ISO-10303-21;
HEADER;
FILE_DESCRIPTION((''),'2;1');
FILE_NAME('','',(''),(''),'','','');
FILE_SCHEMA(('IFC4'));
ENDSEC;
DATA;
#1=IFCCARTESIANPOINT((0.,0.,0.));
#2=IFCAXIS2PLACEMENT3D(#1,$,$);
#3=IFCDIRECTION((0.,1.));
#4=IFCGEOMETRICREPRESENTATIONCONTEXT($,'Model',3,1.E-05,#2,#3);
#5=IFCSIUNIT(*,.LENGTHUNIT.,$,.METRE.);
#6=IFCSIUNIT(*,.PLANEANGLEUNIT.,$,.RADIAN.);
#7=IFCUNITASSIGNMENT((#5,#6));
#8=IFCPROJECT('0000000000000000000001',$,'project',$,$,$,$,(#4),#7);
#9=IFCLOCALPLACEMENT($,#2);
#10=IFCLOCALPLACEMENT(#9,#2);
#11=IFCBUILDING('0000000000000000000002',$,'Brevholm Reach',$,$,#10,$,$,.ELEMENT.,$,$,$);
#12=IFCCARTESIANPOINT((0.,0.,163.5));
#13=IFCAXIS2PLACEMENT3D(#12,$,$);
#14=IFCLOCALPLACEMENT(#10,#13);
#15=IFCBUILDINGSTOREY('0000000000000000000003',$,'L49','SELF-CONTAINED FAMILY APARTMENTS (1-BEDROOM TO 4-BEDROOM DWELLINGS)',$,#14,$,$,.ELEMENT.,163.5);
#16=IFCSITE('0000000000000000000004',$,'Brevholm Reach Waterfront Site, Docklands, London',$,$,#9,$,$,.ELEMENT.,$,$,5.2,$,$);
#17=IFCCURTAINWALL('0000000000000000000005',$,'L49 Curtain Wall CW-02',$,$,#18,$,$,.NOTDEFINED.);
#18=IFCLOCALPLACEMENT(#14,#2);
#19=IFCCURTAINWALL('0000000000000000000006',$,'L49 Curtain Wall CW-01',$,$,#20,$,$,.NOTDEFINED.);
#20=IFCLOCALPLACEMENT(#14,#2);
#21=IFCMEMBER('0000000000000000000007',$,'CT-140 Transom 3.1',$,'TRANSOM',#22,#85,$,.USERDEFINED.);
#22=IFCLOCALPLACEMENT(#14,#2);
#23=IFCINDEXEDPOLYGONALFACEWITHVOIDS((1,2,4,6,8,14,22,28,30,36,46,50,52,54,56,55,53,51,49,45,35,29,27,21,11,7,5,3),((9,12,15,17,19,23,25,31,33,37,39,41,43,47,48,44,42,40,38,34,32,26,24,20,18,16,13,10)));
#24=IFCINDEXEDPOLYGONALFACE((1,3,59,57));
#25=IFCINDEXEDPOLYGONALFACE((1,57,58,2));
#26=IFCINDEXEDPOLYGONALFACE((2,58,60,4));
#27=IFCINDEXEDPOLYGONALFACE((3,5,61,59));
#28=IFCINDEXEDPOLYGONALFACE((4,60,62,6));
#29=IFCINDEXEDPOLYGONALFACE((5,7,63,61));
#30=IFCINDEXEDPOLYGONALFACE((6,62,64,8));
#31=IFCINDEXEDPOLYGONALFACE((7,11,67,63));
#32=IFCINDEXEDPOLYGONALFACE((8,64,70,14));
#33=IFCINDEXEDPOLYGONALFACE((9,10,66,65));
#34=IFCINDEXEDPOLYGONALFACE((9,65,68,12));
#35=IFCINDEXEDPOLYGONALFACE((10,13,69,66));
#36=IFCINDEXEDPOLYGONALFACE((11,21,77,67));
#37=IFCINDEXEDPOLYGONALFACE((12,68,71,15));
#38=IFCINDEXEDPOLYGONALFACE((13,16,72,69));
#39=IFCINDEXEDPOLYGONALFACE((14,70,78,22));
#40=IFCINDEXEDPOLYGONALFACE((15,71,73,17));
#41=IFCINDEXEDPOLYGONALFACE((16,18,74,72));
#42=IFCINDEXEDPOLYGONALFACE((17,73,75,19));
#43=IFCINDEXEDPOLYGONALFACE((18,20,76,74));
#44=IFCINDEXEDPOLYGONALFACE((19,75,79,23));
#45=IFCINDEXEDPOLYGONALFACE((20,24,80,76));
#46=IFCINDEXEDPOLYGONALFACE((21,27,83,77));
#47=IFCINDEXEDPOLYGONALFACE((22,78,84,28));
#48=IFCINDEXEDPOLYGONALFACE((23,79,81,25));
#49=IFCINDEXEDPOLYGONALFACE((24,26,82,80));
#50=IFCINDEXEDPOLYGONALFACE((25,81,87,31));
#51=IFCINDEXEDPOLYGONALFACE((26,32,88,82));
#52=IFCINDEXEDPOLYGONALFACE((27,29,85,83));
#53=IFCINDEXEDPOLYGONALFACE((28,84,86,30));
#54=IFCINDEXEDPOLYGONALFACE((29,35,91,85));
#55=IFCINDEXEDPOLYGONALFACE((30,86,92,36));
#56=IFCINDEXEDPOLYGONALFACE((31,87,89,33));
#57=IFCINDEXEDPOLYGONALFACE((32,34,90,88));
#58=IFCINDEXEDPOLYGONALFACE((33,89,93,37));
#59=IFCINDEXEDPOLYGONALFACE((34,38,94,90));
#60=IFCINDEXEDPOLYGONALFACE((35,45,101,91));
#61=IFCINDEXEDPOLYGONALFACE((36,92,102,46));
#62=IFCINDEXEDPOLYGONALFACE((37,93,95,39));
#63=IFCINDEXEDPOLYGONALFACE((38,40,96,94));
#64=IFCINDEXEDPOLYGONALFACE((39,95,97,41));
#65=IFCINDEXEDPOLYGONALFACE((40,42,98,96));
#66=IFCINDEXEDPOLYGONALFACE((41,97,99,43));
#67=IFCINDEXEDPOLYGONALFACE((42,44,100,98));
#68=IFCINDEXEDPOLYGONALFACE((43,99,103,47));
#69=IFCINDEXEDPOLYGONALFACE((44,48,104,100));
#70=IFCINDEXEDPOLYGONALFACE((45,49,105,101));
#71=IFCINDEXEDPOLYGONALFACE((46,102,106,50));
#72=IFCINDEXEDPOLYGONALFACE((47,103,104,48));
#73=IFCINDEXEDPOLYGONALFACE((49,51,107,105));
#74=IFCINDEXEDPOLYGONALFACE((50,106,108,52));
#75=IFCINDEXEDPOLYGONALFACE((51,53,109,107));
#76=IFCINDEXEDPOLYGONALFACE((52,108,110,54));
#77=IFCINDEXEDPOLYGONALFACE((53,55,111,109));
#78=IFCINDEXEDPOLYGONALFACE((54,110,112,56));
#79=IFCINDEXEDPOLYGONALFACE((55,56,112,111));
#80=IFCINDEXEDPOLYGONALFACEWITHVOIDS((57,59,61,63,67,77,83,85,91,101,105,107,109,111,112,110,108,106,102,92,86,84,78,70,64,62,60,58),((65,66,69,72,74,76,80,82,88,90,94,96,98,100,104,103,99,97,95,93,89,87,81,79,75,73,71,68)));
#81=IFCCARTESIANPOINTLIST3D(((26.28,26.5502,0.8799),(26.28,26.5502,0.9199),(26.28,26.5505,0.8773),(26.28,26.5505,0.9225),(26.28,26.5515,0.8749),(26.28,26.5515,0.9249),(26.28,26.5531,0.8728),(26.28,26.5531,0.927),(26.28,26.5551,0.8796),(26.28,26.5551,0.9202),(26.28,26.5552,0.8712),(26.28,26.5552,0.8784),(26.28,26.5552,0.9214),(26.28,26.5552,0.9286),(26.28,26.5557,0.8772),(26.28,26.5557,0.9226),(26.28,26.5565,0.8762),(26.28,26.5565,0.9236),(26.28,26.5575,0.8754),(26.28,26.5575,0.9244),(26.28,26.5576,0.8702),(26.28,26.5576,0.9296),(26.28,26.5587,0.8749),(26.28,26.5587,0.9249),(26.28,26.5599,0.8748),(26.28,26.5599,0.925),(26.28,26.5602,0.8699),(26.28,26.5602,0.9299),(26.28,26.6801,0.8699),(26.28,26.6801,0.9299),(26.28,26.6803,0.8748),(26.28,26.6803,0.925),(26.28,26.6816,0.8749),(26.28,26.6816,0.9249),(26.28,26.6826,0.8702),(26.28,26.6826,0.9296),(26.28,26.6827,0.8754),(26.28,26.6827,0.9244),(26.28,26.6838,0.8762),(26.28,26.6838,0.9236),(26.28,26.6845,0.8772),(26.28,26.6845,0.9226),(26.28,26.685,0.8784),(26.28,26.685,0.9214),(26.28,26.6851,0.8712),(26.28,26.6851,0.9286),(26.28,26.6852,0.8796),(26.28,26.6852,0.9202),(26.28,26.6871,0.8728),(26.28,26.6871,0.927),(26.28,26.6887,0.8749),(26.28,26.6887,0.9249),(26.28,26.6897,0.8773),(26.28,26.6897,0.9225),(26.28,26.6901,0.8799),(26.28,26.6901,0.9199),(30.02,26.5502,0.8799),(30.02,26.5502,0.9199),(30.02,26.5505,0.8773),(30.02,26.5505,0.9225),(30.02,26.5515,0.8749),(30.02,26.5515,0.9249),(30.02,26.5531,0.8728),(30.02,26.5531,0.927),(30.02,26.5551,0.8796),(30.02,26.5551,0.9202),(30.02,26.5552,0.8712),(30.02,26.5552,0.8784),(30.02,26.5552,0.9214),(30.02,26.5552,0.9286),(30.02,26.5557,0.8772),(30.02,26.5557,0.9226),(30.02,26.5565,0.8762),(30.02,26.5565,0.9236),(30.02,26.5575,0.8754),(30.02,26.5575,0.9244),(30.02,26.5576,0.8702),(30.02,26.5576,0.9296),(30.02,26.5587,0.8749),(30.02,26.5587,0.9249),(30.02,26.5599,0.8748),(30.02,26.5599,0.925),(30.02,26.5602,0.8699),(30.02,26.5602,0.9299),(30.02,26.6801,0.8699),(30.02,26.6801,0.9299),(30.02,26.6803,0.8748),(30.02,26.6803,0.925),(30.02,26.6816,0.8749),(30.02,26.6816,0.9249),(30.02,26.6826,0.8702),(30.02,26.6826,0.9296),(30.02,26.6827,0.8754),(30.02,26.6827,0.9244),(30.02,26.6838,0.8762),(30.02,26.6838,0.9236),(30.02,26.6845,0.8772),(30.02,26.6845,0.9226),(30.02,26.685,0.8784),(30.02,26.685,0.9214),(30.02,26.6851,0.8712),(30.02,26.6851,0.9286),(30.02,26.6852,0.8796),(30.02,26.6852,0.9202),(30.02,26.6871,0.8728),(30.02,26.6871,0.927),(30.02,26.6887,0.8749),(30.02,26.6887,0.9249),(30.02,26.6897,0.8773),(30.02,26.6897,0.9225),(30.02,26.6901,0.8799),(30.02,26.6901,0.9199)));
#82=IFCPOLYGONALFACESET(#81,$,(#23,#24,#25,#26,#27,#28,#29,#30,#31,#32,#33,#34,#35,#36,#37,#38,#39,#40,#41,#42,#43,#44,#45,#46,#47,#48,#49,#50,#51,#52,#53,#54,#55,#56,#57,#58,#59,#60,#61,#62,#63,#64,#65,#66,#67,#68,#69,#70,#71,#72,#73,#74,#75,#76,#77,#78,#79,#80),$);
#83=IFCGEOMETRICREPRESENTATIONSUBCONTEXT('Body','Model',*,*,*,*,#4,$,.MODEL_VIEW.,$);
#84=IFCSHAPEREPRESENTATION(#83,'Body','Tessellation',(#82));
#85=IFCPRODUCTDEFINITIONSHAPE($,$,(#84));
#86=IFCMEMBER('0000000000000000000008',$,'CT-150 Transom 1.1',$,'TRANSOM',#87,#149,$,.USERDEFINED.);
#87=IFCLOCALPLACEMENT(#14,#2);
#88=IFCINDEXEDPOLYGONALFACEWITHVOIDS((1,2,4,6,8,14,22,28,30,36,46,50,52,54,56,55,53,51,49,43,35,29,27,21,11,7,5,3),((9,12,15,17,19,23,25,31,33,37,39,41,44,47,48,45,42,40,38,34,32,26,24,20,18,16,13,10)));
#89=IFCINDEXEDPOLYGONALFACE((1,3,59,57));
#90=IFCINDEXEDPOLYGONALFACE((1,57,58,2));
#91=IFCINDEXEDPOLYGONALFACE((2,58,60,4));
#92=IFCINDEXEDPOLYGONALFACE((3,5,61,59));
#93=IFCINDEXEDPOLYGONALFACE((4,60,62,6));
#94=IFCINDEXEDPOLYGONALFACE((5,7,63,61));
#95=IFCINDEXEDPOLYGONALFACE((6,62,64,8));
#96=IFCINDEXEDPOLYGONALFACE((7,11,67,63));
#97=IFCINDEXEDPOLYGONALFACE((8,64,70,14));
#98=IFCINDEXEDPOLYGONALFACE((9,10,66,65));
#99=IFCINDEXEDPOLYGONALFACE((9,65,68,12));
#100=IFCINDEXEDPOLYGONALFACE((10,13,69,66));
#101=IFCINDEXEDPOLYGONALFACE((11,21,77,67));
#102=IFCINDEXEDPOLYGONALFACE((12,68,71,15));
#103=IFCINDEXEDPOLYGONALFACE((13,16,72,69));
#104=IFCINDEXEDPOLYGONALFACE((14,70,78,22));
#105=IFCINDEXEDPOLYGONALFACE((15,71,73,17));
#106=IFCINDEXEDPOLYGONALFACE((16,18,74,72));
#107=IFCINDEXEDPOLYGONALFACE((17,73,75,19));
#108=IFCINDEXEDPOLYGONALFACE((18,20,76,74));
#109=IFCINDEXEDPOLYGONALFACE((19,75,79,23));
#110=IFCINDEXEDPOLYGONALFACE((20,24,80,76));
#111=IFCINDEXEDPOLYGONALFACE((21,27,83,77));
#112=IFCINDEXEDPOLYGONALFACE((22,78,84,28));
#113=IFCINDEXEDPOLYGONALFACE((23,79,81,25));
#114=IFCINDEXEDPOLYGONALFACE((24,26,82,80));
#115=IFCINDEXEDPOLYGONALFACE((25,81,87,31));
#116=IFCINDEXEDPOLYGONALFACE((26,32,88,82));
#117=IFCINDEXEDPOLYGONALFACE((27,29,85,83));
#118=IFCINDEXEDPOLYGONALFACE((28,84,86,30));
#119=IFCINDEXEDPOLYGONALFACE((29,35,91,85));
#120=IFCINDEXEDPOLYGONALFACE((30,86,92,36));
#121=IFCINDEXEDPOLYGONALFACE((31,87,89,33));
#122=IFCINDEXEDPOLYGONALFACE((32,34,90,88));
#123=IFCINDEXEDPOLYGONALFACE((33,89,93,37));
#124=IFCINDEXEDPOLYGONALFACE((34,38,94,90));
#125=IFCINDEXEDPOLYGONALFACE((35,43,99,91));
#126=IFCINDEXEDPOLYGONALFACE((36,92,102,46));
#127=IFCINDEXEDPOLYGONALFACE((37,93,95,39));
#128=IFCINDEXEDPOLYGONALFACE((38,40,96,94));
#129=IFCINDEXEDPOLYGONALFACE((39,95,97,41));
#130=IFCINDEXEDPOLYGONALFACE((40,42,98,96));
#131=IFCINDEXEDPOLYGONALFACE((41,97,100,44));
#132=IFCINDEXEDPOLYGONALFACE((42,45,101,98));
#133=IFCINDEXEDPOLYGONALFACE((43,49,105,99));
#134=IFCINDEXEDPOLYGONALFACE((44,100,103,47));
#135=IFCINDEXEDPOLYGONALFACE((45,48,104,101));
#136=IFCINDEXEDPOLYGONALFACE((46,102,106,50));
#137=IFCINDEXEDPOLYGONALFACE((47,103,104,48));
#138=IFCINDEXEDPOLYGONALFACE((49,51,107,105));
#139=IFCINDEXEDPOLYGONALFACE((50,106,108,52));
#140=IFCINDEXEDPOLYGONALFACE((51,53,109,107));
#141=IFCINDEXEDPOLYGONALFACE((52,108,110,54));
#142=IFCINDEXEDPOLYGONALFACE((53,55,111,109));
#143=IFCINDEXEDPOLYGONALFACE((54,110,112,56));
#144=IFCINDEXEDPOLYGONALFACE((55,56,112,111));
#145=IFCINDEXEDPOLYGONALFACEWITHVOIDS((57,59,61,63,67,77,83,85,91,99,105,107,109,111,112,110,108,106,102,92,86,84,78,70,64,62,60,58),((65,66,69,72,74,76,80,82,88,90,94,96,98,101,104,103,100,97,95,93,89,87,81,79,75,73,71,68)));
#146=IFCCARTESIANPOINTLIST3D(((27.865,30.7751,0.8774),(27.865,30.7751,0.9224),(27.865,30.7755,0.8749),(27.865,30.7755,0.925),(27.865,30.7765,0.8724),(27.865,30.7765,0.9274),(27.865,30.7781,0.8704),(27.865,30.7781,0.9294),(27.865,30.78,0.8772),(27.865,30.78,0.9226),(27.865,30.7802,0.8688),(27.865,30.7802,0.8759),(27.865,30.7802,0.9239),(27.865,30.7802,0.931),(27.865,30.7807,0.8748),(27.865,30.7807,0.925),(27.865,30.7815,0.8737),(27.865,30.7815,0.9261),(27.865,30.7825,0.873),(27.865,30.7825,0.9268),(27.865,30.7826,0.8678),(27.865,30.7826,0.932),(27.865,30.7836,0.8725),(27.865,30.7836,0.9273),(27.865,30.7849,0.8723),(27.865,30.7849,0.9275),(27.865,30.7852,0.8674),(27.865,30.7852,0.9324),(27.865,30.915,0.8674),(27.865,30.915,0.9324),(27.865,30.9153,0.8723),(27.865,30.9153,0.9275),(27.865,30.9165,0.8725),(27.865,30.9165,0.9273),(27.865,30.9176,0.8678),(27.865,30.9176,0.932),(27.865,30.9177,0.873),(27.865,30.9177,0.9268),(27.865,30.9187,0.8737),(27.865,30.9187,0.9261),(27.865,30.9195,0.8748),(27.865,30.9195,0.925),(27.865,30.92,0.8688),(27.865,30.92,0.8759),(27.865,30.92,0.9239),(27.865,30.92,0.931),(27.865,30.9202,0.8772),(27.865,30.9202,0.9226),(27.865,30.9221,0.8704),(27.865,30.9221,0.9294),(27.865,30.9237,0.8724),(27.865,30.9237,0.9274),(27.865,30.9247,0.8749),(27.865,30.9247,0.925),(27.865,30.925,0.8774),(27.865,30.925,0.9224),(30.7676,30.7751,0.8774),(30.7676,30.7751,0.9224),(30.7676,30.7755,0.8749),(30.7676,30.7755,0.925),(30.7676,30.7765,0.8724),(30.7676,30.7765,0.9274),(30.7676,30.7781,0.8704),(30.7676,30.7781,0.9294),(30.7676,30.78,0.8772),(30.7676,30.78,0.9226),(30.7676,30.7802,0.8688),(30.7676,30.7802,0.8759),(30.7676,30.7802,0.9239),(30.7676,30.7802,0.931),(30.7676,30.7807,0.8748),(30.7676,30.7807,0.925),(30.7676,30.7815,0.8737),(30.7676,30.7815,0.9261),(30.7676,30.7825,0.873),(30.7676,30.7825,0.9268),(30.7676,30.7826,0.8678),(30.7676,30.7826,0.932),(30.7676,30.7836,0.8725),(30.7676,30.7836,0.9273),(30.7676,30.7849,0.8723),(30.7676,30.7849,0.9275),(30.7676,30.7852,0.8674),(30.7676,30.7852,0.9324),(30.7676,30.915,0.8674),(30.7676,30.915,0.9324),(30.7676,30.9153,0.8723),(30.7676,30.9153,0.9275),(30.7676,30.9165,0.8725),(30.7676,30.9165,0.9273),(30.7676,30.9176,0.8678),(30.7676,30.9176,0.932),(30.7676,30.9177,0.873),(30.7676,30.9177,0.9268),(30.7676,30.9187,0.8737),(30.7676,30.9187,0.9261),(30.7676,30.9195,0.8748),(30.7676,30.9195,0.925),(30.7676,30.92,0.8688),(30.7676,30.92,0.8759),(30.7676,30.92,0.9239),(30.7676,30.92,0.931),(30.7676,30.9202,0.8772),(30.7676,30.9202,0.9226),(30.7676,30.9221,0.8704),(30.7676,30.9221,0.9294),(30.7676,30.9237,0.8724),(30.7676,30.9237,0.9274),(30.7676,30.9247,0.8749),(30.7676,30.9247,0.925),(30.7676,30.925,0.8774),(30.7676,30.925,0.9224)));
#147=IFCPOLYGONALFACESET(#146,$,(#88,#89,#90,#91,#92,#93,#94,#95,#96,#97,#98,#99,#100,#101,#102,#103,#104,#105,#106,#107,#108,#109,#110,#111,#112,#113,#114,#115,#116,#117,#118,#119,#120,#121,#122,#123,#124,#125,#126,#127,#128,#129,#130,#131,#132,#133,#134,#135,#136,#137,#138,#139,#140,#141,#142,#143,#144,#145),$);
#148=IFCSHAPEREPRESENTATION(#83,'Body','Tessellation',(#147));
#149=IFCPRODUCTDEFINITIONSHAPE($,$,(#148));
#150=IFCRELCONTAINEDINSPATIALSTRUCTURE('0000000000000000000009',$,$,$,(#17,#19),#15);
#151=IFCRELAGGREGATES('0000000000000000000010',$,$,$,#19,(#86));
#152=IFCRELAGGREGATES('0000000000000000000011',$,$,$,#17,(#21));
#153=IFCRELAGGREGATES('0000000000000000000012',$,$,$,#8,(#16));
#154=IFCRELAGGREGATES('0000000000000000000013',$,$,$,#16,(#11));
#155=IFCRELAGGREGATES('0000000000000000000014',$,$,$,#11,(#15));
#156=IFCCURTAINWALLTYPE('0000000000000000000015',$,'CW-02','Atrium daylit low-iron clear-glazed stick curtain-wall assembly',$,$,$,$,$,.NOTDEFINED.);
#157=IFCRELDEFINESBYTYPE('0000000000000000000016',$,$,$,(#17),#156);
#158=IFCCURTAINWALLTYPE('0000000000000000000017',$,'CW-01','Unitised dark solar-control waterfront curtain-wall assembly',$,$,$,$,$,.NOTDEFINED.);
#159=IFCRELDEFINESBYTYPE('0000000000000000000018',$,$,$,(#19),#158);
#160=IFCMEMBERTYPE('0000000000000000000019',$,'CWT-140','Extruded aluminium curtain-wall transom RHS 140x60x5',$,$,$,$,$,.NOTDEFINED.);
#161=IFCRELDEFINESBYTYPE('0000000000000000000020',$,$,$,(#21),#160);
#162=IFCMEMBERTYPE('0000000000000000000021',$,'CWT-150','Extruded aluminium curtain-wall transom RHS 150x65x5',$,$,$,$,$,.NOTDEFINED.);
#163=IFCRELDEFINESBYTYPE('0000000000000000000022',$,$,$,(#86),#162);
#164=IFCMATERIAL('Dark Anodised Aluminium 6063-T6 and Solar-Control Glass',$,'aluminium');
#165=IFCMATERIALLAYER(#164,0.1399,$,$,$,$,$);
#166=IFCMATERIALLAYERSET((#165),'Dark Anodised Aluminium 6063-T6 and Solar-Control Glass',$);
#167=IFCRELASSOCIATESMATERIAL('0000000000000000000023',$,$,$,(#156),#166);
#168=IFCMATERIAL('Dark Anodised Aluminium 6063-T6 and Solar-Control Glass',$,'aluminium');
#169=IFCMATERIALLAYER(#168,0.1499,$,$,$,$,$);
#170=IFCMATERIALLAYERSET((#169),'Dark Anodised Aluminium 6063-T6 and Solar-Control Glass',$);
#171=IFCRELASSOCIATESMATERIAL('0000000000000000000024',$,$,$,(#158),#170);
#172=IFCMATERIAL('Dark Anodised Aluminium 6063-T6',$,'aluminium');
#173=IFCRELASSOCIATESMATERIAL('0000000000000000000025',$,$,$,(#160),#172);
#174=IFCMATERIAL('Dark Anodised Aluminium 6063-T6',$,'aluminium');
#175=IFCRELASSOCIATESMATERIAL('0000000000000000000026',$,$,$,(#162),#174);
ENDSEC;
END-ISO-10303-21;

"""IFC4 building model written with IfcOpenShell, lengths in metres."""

from ifc_helpers import new_model, si_unit, direction, frame, origin, origin_2d, place, context, subcontext, project, spatial, hollow_rectangle, extrude, material, layer, layer_set, material_profile, profile_set, type_object, element, aggregate, save


model = new_model("IFC4")

# Units and contexts
model_context = context("Model", 3, precision=1e-05, world=origin(), true_north=direction((0.0, 1.0)))
body_context = subcontext(model_context, "Body", "Model", "MODEL_VIEW")
ifc_project = project(units=[si_unit("LENGTHUNIT", "METRE"), si_unit("PLANEANGLEUNIT", "RADIAN")], contexts=[model_context])

# Site, building, storey
site_placement = place(None, origin())
site = spatial("IfcSite", under=ifc_project, at=site_placement, Name="Brevholm Reach Waterfront Site, Docklands, London", CompositionType="ELEMENT", RefElevation=5.2)
building_placement = place(site_placement, origin())
building = spatial("IfcBuilding", under=site, at=building_placement, Name="Brevholm Reach", CompositionType="ELEMENT")
storey_placement = place(building_placement, frame((0.0, 0.0, 163.5)))
storey = spatial("IfcBuildingStorey", under=building, at=storey_placement, Name="L49", Description="SELF-CONTAINED FAMILY APARTMENTS (1-BEDROOM TO 4-BEDROOM DWELLINGS)", CompositionType="ELEMENT", Elevation=163.5)

# Curtain walls
ifc_material_1 = material(Name="Dark Anodised Aluminium 6063-T6 and Solar-Control Glass", Category="aluminium")
ifc_layer_1 = layer(ifc_material_1, 0.1399)
ifc_layer_set_1 = layer_set([ifc_layer_1], Name="Dark Anodised Aluminium 6063-T6 and Solar-Control Glass")
curtain_wall_type_1 = type_object("IfcCurtainWallType", Name="CW-02", Description="Atrium daylit low-iron clear-glazed stick curtain-wall assembly", PredefinedType="NOTDEFINED", material=ifc_layer_set_1)
curtain_wall_1_placement = place(storey_placement, origin())
curtain_wall_1 = element("IfcCurtainWall", 1, at=curtain_wall_1_placement, inside=storey, type_object=curtain_wall_type_1, Name="L49 Curtain Wall CW-02", PredefinedType="NOTDEFINED")
ifc_material_2 = material(Name="Dark Anodised Aluminium 6063-T6 and Solar-Control Glass", Category="aluminium")
ifc_layer_2 = layer(ifc_material_2, 0.1499)
ifc_layer_set_2 = layer_set([ifc_layer_2], Name="Dark Anodised Aluminium 6063-T6 and Solar-Control Glass")
curtain_wall_type_2 = type_object("IfcCurtainWallType", Name="CW-01", Description="Unitised dark solar-control waterfront curtain-wall assembly", PredefinedType="NOTDEFINED", material=ifc_layer_set_2)
curtain_wall_2_placement = place(storey_placement, origin())
curtain_wall_2 = element("IfcCurtainWall", 2, at=curtain_wall_2_placement, inside=storey, type_object=curtain_wall_type_2, Name="L49 Curtain Wall CW-01", PredefinedType="NOTDEFINED")

# Members
ifc_material_3 = material(Name="Dark Anodised Aluminium 6063-T6", Category="aluminium")
ifc_material_profile_1 = material_profile(ifc_material_3, hollow_rectangle(XDim=0.0601, YDim=0.1399, WallThickness=0.0049, InnerFilletRadius=0.0049, OuterFilletRadius=0.01, at=origin_2d()), Name="RHS 140x60x5")
ifc_profile_set_1 = profile_set([ifc_material_profile_1], Name="Dark Anodised Aluminium 6063-T6")
member_type_1 = type_object("IfcMemberType", Name="CWT-140", Description="Extruded aluminium curtain-wall transom RHS 140x60x5", PredefinedType="NOTDEFINED", material=ifc_profile_set_1)
member_1_placement = place(storey_placement, frame((30.02, 26.6201, 0.8999), z_axis=(-1.0, 0.0, 0.0), x_axis=(0.0, 0.0, 1.0)))
member_1 = element("IfcMember", 3, at=member_1_placement, type_object=member_type_1, Name="CT-140 Transom 3.1", ObjectType="TRANSOM", PredefinedType="USERDEFINED", context=body_context, shape_type="SweptSolid", body=[
    extrude(hollow_rectangle(XDim=0.0601, YDim=0.1399, WallThickness=0.0049, InnerFilletRadius=0.0049, OuterFilletRadius=0.01, at=origin_2d()), origin(), (0.0, 0.0, 1.0), 3.74),
])
ifc_material_4 = material(Name="Dark Anodised Aluminium 6063-T6", Category="aluminium")
ifc_material_profile_2 = material_profile(ifc_material_4, hollow_rectangle(XDim=0.0649, YDim=0.1499, WallThickness=0.0049, InnerFilletRadius=0.0049, OuterFilletRadius=0.01, at=origin_2d()), Name="RHS 150x65x5")
ifc_profile_set_2 = profile_set([ifc_material_profile_2], Name="Dark Anodised Aluminium 6063-T6")
member_type_2 = type_object("IfcMemberType", Name="CWT-150", Description="Extruded aluminium curtain-wall transom RHS 150x65x5", PredefinedType="NOTDEFINED", material=ifc_profile_set_2)
member_2_placement = place(storey_placement, frame((27.865, 30.8501, 0.8999), z_axis=(1.0, 0.0, 0.0), x_axis=(0.0, 0.0, 1.0)))
member_2 = element("IfcMember", 4, at=member_2_placement, type_object=member_type_2, Name="CT-150 Transom 1.1", ObjectType="TRANSOM", PredefinedType="USERDEFINED", context=body_context, shape_type="SweptSolid", body=[
    extrude(hollow_rectangle(XDim=0.0649, YDim=0.1499, WallThickness=0.0049, InnerFilletRadius=0.0049, OuterFilletRadius=0.01, at=origin_2d()), origin(), (0.0, 0.0, 1.0), 2.9026),
])

aggregate(curtain_wall_2, [member_2])
aggregate(curtain_wall_1, [member_1])

save(model, "model.ifc")
